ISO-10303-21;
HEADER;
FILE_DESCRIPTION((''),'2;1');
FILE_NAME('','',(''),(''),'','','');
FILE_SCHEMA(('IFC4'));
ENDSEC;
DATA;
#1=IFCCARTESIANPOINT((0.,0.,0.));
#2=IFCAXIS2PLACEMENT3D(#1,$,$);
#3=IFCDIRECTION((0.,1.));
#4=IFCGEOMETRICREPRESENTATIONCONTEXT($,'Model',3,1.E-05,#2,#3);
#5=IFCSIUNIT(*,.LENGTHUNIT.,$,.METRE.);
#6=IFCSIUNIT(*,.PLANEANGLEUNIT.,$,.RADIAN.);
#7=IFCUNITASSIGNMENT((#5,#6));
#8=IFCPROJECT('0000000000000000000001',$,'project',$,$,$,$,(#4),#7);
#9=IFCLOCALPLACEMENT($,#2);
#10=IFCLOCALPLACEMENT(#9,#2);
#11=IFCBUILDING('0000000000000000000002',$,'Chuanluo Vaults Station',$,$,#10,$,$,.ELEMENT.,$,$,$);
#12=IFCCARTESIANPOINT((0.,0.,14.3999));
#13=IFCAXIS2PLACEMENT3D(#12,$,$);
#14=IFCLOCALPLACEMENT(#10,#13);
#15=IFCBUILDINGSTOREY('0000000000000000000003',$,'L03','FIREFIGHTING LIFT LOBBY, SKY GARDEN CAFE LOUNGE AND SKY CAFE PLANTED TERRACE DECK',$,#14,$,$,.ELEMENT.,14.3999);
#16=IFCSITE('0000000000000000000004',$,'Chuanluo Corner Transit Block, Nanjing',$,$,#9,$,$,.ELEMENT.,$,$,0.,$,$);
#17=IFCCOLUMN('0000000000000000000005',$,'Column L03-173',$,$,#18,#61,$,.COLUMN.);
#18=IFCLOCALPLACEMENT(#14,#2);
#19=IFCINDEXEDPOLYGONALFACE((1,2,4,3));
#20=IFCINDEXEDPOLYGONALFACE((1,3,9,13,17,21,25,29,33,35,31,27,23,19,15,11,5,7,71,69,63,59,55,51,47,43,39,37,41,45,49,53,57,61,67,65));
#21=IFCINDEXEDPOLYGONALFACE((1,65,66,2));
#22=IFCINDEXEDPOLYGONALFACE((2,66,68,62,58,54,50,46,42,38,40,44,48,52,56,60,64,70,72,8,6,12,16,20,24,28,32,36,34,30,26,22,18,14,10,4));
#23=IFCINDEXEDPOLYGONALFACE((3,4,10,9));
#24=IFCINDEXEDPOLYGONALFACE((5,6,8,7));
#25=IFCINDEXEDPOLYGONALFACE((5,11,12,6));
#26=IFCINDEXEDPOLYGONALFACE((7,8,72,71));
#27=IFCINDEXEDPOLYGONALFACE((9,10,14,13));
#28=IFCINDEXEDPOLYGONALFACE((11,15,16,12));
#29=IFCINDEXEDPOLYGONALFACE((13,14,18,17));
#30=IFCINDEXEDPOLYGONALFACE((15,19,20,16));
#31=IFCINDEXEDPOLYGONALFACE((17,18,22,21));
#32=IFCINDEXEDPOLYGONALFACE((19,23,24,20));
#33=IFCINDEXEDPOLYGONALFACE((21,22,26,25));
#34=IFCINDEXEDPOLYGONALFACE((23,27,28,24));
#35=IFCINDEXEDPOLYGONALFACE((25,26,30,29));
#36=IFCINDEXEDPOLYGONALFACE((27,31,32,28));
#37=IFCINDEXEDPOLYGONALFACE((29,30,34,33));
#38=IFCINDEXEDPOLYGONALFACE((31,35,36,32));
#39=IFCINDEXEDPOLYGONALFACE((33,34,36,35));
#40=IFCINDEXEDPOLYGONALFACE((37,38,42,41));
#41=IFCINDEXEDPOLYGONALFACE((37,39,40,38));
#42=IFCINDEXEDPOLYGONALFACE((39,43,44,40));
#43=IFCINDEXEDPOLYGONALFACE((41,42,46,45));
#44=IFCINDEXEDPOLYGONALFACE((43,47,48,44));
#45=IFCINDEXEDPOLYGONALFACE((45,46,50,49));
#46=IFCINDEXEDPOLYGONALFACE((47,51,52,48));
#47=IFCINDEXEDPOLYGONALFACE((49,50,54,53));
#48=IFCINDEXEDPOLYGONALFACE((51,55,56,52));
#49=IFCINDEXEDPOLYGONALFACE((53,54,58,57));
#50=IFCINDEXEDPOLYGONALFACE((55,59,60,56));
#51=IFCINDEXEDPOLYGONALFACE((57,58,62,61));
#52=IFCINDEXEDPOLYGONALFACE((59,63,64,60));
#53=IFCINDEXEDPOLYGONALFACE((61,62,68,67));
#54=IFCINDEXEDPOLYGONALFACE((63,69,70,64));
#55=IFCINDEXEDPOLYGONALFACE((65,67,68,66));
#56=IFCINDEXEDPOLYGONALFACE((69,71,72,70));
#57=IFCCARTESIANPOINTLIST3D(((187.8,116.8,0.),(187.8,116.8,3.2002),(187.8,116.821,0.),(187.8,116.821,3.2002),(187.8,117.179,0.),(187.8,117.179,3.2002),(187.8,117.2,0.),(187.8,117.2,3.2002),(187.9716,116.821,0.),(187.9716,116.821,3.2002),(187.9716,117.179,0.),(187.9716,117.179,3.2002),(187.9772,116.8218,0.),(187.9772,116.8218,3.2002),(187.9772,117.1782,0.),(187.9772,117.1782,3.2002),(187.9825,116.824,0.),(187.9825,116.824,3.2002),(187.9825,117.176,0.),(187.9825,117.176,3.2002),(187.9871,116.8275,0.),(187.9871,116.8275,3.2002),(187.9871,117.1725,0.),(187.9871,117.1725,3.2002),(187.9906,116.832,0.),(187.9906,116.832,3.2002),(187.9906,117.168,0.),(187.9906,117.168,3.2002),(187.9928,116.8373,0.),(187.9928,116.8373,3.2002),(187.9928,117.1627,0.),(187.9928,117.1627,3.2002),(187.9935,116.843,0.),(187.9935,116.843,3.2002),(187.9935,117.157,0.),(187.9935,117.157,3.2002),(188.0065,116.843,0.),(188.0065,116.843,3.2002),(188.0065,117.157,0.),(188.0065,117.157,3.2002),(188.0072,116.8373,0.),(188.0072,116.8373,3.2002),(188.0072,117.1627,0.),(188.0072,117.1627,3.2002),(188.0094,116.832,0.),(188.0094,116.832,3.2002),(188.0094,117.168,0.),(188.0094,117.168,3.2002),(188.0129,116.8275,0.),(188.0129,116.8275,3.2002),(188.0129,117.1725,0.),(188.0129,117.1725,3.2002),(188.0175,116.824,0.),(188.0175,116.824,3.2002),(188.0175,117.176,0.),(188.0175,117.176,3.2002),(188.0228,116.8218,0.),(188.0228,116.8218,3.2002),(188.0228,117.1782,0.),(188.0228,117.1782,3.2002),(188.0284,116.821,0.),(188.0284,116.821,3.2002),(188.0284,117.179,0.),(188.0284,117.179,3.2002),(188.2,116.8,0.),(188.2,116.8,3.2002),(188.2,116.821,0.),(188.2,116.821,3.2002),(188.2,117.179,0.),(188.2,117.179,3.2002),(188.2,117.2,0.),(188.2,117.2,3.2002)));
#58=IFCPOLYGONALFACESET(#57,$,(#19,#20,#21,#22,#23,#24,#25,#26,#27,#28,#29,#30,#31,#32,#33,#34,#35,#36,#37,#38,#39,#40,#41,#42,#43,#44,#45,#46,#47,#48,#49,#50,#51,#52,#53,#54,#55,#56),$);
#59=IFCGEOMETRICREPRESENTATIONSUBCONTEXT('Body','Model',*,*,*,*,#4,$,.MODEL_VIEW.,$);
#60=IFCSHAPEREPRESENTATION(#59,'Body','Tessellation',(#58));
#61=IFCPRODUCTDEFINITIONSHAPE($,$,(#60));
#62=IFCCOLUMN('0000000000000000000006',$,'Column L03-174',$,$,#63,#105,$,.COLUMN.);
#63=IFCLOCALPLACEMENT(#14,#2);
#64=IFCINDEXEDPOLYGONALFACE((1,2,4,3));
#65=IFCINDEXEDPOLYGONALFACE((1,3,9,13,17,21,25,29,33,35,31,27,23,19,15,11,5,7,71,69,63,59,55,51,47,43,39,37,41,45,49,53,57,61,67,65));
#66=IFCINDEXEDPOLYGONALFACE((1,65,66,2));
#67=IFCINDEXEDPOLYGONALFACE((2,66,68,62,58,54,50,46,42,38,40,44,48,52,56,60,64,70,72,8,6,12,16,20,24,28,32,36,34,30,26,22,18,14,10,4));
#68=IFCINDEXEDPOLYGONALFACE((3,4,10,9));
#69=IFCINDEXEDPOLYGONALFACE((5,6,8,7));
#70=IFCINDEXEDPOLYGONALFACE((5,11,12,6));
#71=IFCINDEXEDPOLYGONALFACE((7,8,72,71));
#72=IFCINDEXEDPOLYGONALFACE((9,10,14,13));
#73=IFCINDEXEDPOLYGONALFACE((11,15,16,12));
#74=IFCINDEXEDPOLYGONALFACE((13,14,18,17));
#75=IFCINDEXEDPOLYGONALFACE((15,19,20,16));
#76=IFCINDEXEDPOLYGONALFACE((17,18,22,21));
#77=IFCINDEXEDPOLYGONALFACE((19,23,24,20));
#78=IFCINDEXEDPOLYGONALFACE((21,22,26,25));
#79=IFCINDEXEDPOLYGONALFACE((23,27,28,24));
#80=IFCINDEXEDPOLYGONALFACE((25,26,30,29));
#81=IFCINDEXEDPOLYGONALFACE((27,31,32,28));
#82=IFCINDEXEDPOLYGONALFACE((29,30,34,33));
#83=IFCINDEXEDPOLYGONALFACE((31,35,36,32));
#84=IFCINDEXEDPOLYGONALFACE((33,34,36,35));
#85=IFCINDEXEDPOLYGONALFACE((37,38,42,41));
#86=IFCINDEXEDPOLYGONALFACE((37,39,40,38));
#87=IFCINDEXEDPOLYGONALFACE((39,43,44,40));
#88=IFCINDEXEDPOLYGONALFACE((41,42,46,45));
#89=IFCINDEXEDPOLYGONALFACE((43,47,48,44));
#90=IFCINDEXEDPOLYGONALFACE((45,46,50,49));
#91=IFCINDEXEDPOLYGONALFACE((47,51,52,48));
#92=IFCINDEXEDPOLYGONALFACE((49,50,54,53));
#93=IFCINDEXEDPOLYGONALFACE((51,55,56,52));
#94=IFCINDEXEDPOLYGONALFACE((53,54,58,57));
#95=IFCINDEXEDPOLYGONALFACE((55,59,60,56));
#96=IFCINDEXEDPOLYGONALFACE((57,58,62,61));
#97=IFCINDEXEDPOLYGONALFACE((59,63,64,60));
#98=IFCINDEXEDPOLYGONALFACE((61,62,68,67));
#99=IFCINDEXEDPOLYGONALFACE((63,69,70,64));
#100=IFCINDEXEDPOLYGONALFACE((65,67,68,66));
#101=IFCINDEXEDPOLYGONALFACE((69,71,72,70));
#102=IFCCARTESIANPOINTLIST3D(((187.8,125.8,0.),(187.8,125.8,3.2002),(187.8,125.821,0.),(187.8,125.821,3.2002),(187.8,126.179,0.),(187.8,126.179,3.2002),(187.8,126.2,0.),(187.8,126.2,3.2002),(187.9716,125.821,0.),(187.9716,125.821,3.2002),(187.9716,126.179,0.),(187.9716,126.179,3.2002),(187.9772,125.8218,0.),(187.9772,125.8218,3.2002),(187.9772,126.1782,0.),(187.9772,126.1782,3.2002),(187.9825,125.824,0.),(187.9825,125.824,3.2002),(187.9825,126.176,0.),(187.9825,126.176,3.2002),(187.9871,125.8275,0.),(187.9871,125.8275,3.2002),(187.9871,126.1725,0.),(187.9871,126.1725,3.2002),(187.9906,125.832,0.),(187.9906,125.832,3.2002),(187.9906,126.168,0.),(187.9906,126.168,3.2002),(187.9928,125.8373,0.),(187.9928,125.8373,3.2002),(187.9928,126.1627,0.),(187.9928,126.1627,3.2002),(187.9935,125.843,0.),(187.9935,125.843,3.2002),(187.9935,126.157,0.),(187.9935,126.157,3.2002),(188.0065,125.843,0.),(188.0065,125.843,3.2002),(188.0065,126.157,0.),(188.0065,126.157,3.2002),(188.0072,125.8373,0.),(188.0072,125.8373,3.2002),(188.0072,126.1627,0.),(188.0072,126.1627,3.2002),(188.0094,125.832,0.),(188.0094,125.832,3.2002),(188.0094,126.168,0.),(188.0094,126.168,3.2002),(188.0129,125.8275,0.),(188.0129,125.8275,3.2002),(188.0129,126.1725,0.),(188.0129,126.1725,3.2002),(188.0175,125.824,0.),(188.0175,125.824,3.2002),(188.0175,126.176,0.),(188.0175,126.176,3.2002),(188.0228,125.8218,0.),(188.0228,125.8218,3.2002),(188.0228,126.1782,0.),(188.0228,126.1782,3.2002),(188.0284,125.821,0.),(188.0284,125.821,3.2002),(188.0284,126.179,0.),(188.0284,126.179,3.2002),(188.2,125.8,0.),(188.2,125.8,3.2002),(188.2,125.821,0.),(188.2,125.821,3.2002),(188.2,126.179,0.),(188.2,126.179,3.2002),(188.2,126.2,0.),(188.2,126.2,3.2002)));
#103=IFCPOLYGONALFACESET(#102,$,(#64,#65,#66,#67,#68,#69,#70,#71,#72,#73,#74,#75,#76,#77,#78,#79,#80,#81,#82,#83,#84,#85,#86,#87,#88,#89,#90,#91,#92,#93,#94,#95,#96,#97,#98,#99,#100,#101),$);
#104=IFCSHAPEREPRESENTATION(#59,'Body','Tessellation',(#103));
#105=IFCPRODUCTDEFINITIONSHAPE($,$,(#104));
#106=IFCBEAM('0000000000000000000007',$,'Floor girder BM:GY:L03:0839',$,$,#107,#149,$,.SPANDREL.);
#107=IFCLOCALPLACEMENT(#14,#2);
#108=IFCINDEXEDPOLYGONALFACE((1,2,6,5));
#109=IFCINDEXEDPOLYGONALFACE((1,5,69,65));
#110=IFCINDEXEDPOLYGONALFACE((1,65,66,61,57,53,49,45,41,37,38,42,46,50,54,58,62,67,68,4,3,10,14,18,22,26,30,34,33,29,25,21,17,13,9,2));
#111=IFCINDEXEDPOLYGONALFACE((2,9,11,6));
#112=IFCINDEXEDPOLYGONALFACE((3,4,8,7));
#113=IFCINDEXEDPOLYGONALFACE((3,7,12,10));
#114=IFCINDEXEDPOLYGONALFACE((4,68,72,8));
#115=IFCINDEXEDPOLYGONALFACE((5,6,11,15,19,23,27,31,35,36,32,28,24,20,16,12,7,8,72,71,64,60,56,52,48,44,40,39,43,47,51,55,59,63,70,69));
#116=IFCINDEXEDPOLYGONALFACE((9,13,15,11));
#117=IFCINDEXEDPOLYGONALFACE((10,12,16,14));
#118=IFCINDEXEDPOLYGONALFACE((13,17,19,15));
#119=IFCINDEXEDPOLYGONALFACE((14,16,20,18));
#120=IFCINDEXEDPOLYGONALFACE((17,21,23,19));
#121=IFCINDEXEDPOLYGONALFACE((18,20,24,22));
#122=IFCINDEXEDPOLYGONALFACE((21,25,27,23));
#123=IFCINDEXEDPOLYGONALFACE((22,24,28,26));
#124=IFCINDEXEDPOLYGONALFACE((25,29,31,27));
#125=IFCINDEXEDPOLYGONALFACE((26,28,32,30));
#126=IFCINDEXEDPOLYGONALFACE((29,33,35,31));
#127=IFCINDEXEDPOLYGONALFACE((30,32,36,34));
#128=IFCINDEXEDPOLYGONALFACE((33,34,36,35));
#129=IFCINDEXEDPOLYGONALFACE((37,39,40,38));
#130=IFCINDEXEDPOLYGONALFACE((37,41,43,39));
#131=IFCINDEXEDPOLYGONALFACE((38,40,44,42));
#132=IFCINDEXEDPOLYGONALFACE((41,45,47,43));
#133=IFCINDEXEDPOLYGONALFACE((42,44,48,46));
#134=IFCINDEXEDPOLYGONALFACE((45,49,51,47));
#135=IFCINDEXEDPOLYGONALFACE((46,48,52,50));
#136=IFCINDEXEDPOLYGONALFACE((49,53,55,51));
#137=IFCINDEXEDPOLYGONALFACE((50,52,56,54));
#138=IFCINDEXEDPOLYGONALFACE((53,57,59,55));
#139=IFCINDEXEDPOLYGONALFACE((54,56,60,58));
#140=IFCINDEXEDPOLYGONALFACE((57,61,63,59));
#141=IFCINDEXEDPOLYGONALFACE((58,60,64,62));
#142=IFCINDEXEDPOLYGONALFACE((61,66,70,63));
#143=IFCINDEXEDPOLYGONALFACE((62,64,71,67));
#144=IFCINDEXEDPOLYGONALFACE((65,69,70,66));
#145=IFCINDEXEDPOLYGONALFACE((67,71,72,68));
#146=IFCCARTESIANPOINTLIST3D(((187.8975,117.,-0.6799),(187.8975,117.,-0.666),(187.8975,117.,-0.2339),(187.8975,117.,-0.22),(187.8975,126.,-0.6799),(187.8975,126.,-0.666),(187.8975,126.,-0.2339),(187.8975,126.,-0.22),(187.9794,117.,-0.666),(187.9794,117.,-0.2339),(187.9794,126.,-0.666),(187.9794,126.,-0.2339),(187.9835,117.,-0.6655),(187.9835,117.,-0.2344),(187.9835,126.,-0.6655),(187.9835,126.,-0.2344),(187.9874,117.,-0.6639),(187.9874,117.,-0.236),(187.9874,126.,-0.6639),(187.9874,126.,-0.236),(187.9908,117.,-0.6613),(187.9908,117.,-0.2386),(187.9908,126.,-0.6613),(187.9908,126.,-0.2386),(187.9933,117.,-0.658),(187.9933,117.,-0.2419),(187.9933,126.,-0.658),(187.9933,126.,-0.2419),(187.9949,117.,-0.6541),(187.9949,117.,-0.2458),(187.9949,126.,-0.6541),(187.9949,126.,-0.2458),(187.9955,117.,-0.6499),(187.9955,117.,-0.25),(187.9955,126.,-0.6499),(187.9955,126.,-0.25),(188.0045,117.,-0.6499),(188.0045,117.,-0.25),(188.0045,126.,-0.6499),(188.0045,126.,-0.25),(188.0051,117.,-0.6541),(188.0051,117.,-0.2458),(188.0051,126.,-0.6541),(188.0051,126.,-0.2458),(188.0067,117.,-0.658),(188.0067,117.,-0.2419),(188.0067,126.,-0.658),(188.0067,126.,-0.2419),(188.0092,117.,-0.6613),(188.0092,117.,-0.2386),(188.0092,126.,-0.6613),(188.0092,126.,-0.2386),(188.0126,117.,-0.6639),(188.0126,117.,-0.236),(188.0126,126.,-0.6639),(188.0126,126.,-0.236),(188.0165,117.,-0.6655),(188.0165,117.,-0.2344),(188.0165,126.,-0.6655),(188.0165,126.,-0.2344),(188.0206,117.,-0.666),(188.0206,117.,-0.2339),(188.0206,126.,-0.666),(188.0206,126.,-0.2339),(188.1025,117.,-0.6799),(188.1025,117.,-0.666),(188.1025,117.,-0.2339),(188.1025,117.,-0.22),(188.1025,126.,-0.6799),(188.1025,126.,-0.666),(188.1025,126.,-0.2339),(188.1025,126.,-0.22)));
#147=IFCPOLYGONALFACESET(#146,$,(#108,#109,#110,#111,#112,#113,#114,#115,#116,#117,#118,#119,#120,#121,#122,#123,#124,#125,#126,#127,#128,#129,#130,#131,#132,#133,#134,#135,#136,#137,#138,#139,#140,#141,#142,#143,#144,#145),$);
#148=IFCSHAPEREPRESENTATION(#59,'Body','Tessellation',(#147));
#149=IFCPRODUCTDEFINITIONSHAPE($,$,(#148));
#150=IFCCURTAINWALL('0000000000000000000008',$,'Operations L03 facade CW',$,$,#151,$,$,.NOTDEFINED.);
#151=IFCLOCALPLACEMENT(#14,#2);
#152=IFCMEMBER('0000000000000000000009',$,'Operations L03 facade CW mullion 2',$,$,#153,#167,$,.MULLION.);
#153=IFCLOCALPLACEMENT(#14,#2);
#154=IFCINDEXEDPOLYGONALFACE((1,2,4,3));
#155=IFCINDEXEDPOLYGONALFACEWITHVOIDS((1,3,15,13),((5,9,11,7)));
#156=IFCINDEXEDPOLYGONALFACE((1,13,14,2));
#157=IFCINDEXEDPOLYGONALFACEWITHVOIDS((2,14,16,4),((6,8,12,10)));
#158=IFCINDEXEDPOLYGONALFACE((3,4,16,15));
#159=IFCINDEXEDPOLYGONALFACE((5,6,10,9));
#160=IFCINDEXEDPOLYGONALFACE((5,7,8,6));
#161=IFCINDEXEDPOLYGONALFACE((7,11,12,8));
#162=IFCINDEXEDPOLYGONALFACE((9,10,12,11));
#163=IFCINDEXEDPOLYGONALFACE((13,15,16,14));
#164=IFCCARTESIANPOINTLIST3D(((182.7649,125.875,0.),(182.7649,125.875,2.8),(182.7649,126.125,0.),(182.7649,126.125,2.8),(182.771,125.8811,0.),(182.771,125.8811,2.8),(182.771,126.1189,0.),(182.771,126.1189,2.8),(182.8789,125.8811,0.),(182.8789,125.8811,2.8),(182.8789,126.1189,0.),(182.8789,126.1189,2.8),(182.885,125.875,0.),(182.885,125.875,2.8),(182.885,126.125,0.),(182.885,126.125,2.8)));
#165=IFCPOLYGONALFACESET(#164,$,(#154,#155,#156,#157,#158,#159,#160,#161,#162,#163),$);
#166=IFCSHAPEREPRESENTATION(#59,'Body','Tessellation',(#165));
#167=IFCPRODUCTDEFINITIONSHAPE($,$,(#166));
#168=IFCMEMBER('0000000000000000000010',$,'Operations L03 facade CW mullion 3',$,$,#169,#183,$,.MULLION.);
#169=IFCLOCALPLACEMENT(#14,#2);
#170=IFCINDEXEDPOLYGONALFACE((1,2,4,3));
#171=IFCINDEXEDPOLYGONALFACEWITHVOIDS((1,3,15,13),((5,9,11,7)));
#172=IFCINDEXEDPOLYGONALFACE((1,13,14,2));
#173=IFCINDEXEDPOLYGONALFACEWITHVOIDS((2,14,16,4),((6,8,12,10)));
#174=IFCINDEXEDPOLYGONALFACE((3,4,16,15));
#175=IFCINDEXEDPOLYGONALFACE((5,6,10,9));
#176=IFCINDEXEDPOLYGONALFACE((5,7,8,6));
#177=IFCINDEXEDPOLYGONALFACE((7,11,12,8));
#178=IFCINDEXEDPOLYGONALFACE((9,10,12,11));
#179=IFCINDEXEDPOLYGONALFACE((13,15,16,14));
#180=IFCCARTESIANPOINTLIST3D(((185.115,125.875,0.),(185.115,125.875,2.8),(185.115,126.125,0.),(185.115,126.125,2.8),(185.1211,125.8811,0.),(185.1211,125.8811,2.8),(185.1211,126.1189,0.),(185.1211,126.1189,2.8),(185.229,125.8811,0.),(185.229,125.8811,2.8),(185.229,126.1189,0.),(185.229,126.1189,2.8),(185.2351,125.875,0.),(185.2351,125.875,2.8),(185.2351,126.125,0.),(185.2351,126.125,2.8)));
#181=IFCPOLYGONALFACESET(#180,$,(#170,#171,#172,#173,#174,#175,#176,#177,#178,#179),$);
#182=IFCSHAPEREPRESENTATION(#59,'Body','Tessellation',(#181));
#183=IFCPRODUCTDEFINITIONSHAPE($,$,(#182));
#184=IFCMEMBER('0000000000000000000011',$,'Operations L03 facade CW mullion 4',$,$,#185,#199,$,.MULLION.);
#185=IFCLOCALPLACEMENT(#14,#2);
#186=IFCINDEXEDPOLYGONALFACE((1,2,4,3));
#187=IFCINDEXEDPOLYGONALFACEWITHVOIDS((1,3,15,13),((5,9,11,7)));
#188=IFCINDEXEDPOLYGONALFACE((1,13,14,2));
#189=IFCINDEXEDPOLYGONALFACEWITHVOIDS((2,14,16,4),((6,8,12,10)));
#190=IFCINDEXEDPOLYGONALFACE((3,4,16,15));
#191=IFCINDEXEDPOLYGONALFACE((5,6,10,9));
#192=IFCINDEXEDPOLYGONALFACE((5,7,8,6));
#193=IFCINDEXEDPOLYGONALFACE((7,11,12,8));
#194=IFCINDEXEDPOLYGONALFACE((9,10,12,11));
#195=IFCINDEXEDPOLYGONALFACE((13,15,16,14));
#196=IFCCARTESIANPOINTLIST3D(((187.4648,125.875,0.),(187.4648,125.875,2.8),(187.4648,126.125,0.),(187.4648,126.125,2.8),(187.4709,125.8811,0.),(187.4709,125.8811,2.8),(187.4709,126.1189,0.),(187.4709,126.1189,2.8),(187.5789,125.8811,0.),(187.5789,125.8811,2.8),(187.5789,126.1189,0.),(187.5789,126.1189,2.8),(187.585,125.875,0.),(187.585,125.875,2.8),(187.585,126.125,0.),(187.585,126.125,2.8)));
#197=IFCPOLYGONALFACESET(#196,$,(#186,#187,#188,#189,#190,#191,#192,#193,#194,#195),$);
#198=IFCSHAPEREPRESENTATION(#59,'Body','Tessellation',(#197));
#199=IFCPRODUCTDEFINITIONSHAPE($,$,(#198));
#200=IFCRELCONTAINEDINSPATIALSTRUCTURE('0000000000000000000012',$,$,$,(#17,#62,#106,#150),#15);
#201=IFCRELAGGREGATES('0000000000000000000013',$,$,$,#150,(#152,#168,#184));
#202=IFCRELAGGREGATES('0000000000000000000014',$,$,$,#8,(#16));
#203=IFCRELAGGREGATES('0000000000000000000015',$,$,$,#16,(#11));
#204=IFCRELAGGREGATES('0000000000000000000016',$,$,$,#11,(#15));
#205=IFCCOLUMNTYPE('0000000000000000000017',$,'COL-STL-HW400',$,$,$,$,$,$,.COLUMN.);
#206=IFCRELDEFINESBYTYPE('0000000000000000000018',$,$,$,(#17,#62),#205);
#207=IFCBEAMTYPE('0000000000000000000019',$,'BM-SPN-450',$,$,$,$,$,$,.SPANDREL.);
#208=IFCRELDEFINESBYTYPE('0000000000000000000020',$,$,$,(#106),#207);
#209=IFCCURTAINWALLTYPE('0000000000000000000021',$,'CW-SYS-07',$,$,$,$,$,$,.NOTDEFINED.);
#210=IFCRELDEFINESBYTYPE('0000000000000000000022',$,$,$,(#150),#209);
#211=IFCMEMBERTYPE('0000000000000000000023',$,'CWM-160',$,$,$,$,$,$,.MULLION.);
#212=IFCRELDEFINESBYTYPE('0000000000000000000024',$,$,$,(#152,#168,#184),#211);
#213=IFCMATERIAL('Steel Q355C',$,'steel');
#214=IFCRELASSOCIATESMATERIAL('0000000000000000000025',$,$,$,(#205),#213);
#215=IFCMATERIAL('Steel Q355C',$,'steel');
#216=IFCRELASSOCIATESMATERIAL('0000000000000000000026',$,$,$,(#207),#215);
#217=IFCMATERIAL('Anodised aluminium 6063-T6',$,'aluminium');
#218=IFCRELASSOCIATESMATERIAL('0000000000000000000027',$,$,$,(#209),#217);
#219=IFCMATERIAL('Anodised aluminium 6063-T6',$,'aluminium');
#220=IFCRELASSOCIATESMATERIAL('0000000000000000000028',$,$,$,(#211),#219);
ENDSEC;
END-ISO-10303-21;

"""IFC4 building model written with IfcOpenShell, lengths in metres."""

from ifc_helpers import new_model, si_unit, direction, frame, origin, origin_2d, place, context, subcontext, project, spatial, hollow_rectangle, i_section, extrude, material, material_profile, profile_set, type_object, element, aggregate, save


model = new_model("IFC4")

# Units and contexts
model_context = context("Model", 3, precision=1e-05, world=origin(), true_north=direction((0.0, 1.0)))
body_context = subcontext(model_context, "Body", "Model", "MODEL_VIEW")
ifc_project = project(units=[si_unit("LENGTHUNIT", "METRE"), si_unit("PLANEANGLEUNIT", "RADIAN")], contexts=[model_context])

# Site, building, storey
site_placement = place(None, origin())
site = spatial("IfcSite", under=ifc_project, at=site_placement, Name="Chuanluo Corner Transit Block, Nanjing", CompositionType="ELEMENT", RefElevation=0.0)
building_placement = place(site_placement, origin())
building = spatial("IfcBuilding", under=site, at=building_placement, Name="Chuanluo Vaults Station", CompositionType="ELEMENT")
storey_placement = place(building_placement, frame((0.0, 0.0, 14.3999)))
storey = spatial("IfcBuildingStorey", under=building, at=storey_placement, Name="L03", Description="FIREFIGHTING LIFT LOBBY, SKY GARDEN CAFE LOUNGE AND SKY CAFE PLANTED TERRACE DECK", CompositionType="ELEMENT", Elevation=14.3999)

# Columns
ifc_material_1 = material(Name="Steel Q355C", Category="steel")
ifc_material_profile_1 = material_profile(ifc_material_1, i_section(OverallWidth=0.3999, OverallDepth=0.3999, WebThickness=0.0129, FlangeThickness=0.021, FilletRadius=0.022, at=origin_2d()))
ifc_profile_set_1 = profile_set([ifc_material_profile_1], Name="Steel Q355C")
column_type = type_object("IfcColumnType", Name="COL-STL-HW400", PredefinedType="COLUMN", material=ifc_profile_set_1)
for number, where, z_axis, x_axis, name in (
    (1, (188.0, 117.0, 0.0), (0.0, 0.0, 1.0), (1.0, 0.0, 0.0), "Column L03-173"),
    (2, (188.0, 126.0, 0.0), (0.0, 0.0, 1.0), (1.0, 0.0, 0.0), "Column L03-174"),
):
    element("IfcColumn", number, at=place(storey_placement, frame(where, z_axis=z_axis, x_axis=x_axis)), inside=storey, type_object=column_type, Name=name, PredefinedType="COLUMN", context=body_context, shape_type="SweptSolid", body=[
        extrude(i_section(OverallWidth=0.3999, OverallDepth=0.3999, WebThickness=0.0129, FlangeThickness=0.021, FilletRadius=0.022, at=origin_2d()), origin(), (0.0, 0.0, 1.0), 3.2002),
    ])

# Beam
ifc_material_2 = material(Name="Steel Q355C", Category="steel")
ifc_material_profile_2 = material_profile(ifc_material_2, i_section(OverallWidth=0.2051, OverallDepth=0.46, WebThickness=0.009, FlangeThickness=0.0139, FilletRadius=0.0161, at=origin_2d()))
ifc_profile_set_2 = profile_set([ifc_material_profile_2], Name="Steel Q355C")
beam_type = type_object("IfcBeamType", Name="BM-SPN-450", PredefinedType="SPANDREL", material=ifc_profile_set_2)
beam_placement = place(storey_placement, frame((188.0, 117.0, -0.45), z_axis=(0.0, 1.0, 0.0), x_axis=(-1.0, 0.0, 0.0)))
element("IfcBeam", 3, at=beam_placement, inside=storey, type_object=beam_type, Name="Floor girder BM:GY:L03:0839", PredefinedType="SPANDREL", context=body_context, shape_type="SweptSolid", body=[
    extrude(i_section(OverallWidth=0.2051, OverallDepth=0.46, WebThickness=0.009, FlangeThickness=0.0139, FilletRadius=0.0161, at=origin_2d()), origin(), (0.0, 0.0, 1.0), 9.0),
])

# Curtain wall, members
ifc_material_3 = material(Name="Anodised aluminium 6063-T6", Category="aluminium")
curtain_wall_type = type_object("IfcCurtainWallType", Name="CW-SYS-07", PredefinedType="NOTDEFINED", material=ifc_material_3)
curtain_wall_placement = place(storey_placement, origin())
curtain_wall = element("IfcCurtainWall", 4, at=curtain_wall_placement, inside=storey, type_object=curtain_wall_type, Name="Operations L03 facade CW", PredefinedType="NOTDEFINED")
ifc_material_4 = material(Name="Anodised aluminium 6063-T6", Category="aluminium")
ifc_material_profile_3 = material_profile(ifc_material_4, hollow_rectangle(XDim=0.1201, YDim=0.25, WallThickness=0.0061, at=origin_2d()))
ifc_profile_set_3 = profile_set([ifc_material_profile_3], Name="Anodised aluminium 6063-T6")
member_type_1 = type_object("IfcMemberType", Name="CWM-160", PredefinedType="MULLION", material=ifc_profile_set_3)
member_1_placement = place(storey_placement, frame((182.825, 126.0, 0.0), z_axis=(0.0, 0.0, 1.0), x_axis=(1.0, 0.0, 0.0)))
member_1 = element("IfcMember", 5, at=member_1_placement, type_object=member_type_1, Name="Operations L03 facade CW mullion 2", PredefinedType="MULLION", context=body_context, shape_type="SweptSolid", body=[
    extrude(hollow_rectangle(XDim=0.1201, YDim=0.25, WallThickness=0.0061, at=origin_2d()), origin(), (0.0, 0.0, 1.0), 2.8),
])
member_2_placement = place(storey_placement, frame((185.175, 126.0, 0.0), z_axis=(0.0, 0.0, 1.0), x_axis=(1.0, 0.0, 0.0)))
member_2 = element("IfcMember", 6, at=member_2_placement, type_object=member_type_1, Name="Operations L03 facade CW mullion 3", PredefinedType="MULLION", context=body_context, shape_type="SweptSolid", body=[
    extrude(hollow_rectangle(XDim=0.1201, YDim=0.25, WallThickness=0.0061, at=origin_2d()), origin(), (0.0, 0.0, 1.0), 2.8),
])
member_3_placement = place(storey_placement, frame((187.5249, 126.0, 0.0), z_axis=(0.0, 0.0, 1.0), x_axis=(1.0, 0.0, 0.0)))
member_3 = element("IfcMember", 7, at=member_3_placement, type_object=member_type_1, Name="Operations L03 facade CW mullion 4", PredefinedType="MULLION", context=body_context, shape_type="SweptSolid", body=[
    extrude(hollow_rectangle(XDim=0.1201, YDim=0.25, WallThickness=0.0061, at=origin_2d()), origin(), (0.0, 0.0, 1.0), 2.8),
])
aggregate(curtain_wall, [member_1, member_2, member_3])

save(model, "model.ifc")
